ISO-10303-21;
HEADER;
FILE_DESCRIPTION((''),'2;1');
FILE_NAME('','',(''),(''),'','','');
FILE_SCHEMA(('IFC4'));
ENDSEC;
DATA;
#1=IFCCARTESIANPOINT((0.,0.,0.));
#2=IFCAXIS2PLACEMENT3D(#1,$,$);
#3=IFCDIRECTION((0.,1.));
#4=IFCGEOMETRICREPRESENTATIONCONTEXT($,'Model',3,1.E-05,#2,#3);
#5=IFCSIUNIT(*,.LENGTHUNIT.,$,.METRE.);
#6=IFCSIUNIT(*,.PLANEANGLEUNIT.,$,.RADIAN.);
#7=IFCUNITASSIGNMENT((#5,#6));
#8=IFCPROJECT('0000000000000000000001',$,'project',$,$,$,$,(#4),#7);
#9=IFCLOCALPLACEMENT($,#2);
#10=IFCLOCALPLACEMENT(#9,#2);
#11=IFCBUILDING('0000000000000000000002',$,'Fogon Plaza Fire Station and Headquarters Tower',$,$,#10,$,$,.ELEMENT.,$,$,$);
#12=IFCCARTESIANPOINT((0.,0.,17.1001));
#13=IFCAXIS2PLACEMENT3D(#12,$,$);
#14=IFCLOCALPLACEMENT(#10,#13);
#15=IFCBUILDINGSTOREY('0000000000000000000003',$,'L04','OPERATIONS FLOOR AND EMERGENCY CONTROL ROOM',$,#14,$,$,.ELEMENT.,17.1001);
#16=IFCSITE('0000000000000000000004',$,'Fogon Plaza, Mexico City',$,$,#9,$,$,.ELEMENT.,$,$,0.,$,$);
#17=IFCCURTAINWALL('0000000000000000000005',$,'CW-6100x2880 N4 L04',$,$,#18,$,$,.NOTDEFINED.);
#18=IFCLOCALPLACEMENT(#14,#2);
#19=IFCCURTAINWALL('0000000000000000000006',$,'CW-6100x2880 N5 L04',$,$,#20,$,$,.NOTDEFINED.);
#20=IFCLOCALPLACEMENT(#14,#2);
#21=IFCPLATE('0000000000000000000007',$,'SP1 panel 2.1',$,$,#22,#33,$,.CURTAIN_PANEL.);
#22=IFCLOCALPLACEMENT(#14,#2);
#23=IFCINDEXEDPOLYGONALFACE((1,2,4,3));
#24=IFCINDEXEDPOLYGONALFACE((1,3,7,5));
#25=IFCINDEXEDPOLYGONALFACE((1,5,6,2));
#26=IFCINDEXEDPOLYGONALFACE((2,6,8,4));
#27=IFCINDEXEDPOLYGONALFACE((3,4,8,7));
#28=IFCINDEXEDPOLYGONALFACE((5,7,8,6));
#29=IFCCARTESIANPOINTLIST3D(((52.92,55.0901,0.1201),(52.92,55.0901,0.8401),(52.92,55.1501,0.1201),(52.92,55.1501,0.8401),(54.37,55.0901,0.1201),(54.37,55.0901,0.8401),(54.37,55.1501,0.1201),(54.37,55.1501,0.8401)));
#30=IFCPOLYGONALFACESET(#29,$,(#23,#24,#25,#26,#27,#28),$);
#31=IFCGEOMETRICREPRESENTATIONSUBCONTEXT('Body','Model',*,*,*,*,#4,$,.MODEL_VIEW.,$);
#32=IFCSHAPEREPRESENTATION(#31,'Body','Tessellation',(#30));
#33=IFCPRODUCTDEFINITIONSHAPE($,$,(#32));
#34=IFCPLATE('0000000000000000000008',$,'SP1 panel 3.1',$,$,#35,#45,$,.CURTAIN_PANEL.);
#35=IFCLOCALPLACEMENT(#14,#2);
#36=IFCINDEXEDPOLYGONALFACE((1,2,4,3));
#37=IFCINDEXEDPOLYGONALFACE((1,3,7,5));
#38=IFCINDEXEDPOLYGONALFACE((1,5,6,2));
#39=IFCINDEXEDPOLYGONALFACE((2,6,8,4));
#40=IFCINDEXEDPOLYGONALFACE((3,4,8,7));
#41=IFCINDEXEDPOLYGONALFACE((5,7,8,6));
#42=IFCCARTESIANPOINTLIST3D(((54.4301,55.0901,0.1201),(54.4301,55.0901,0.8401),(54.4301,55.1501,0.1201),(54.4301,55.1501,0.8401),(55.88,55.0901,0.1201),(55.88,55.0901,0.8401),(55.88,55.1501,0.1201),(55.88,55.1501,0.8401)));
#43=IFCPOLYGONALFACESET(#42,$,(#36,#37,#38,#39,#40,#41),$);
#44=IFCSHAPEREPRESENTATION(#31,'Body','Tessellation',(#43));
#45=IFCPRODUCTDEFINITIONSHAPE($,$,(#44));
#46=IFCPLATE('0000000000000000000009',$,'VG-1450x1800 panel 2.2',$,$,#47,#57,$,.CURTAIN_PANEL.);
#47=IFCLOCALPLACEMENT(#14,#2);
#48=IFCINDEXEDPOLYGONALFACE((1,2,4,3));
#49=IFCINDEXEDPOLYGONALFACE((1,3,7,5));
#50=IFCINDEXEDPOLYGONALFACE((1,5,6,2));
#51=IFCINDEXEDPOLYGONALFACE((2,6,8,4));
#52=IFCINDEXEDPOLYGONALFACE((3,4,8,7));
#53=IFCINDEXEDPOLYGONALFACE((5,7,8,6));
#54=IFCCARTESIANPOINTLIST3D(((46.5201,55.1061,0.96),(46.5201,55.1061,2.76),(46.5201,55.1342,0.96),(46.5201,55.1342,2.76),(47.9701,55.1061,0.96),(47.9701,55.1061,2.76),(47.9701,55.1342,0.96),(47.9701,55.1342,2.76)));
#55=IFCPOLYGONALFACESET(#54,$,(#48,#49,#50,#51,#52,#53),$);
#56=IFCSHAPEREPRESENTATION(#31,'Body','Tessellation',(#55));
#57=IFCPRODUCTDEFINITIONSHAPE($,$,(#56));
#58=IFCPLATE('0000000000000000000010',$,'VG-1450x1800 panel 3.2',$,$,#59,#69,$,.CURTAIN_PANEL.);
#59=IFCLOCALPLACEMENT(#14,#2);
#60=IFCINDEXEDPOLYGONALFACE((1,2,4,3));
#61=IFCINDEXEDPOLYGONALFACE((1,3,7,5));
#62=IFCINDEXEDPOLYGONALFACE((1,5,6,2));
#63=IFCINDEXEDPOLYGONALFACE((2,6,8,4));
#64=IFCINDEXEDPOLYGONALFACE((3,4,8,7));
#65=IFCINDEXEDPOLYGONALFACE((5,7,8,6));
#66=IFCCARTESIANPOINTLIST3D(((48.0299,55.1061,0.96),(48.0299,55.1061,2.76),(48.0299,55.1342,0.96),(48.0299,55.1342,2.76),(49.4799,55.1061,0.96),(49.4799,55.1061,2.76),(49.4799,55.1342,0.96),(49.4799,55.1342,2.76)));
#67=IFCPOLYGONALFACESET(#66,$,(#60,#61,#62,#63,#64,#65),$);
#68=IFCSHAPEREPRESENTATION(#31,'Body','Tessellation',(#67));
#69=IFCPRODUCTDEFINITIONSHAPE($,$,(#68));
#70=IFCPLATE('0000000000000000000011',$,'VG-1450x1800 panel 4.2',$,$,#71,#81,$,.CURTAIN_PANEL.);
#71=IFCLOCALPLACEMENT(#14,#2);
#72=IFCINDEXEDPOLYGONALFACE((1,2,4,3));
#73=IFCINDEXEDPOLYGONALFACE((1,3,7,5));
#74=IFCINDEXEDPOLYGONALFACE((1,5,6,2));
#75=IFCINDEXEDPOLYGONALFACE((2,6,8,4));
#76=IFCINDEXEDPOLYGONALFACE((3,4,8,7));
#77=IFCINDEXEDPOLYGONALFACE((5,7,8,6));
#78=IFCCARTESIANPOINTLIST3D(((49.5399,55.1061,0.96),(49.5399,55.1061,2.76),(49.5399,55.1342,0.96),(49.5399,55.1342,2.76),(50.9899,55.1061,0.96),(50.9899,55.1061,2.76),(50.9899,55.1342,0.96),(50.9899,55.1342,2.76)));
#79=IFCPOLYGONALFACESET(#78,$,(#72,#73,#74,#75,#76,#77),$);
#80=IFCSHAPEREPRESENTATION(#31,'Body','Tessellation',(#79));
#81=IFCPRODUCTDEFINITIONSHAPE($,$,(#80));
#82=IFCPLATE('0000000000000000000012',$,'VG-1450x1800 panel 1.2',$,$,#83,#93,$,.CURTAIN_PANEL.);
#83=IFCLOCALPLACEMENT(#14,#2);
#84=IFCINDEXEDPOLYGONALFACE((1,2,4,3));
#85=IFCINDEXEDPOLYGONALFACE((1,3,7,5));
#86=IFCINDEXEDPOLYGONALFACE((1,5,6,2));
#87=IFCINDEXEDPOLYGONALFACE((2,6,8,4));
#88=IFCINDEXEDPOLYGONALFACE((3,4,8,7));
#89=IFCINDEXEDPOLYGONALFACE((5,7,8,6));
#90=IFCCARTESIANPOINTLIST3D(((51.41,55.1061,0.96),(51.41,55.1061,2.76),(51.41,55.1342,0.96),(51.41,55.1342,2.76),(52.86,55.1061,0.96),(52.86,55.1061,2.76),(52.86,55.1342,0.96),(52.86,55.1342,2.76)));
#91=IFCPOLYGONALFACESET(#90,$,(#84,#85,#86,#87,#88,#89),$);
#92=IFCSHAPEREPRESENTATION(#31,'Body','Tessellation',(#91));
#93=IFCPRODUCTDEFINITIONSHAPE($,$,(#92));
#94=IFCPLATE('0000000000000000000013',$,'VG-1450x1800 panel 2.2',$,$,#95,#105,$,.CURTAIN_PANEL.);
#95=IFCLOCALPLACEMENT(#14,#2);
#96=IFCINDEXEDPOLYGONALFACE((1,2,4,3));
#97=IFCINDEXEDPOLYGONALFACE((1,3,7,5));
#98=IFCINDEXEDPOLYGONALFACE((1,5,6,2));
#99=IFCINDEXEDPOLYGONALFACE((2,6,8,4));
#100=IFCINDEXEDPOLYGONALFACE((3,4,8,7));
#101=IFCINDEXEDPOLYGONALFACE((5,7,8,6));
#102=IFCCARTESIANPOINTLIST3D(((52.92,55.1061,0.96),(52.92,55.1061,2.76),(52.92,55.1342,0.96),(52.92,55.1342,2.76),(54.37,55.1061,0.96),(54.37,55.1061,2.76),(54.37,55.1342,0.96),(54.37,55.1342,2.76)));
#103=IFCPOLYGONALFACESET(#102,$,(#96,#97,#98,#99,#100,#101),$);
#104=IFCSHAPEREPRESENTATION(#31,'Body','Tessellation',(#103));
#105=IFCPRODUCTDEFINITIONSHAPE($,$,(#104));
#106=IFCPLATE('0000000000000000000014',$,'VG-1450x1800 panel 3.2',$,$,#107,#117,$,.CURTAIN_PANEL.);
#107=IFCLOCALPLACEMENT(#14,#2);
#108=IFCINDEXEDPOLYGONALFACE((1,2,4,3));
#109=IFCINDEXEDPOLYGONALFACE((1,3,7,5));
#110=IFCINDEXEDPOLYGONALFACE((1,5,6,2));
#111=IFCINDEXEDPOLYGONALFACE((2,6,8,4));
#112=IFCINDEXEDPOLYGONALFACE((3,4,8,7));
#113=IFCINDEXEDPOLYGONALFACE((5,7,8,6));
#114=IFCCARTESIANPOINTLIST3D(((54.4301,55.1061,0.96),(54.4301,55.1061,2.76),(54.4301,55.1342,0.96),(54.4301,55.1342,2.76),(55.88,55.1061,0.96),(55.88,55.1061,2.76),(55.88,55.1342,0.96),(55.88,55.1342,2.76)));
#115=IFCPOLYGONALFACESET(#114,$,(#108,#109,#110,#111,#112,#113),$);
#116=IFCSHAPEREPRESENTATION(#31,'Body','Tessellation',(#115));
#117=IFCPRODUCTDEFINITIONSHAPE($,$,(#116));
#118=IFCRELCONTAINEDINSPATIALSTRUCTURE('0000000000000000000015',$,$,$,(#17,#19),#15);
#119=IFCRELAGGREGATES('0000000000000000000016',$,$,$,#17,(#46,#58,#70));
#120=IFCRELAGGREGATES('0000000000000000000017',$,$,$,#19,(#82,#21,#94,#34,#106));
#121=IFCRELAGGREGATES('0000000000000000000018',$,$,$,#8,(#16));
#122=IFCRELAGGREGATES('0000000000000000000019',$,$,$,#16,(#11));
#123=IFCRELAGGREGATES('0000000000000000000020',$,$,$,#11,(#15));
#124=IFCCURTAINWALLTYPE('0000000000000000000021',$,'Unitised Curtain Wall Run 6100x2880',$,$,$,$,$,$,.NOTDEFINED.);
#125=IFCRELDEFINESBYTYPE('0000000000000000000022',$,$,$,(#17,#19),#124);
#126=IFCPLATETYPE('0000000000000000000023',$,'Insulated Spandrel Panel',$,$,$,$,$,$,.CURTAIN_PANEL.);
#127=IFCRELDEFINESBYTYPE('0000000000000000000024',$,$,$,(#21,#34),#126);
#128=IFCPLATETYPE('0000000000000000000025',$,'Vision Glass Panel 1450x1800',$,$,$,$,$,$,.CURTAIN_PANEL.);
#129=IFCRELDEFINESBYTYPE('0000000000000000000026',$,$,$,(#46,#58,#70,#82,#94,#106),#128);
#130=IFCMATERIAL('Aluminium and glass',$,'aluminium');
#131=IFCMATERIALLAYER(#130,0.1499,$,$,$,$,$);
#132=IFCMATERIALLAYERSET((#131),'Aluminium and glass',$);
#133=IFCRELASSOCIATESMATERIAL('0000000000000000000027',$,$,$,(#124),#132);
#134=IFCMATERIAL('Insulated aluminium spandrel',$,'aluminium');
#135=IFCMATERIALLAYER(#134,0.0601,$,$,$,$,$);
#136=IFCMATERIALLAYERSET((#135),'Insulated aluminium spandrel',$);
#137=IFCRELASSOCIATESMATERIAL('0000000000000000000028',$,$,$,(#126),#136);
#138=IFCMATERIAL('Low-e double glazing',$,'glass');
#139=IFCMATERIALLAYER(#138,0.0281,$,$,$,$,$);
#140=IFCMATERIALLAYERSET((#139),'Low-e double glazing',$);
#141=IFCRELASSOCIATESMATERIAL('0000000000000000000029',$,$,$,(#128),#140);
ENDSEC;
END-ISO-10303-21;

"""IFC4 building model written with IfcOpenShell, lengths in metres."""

from ifc_helpers import new_model, si_unit, direction, frame, origin, origin_2d, place, context, subcontext, project, spatial, rectangle, extrude, material, layer, layer_set, type_object, element, aggregate, save


model = new_model("IFC4")

# Units and contexts
model_context = context("Model", 3, precision=1e-05, world=origin(), true_north=direction((0.0, 1.0)))
body_context = subcontext(model_context, "Body", "Model", "MODEL_VIEW")
ifc_project = project(units=[si_unit("LENGTHUNIT", "METRE"), si_unit("PLANEANGLEUNIT", "RADIAN")], contexts=[model_context])

# Site, building, storey
site_placement = place(None, origin())
site = spatial("IfcSite", under=ifc_project, at=site_placement, Name="Fogon Plaza, Mexico City", CompositionType="ELEMENT", RefElevation=0.0)
building_placement = place(site_placement, origin())
building = spatial("IfcBuilding", under=site, at=building_placement, Name="Fogon Plaza Fire Station and Headquarters Tower", CompositionType="ELEMENT")
storey_placement = place(building_placement, frame((0.0, 0.0, 17.1001)))
storey = spatial("IfcBuildingStorey", under=building, at=storey_placement, Name="L04", Description="OPERATIONS FLOOR AND EMERGENCY CONTROL ROOM", CompositionType="ELEMENT", Elevation=17.1001)

# Curtain walls
ifc_material_1 = material(Name="Aluminium and glass", Category="aluminium")
ifc_layer_1 = layer(ifc_material_1, 0.1499)
ifc_layer_set_1 = layer_set([ifc_layer_1], Name="Aluminium and glass")
curtain_wall_type = type_object("IfcCurtainWallType", Name="Unitised Curtain Wall Run 6100x2880", PredefinedType="NOTDEFINED", material=ifc_layer_set_1)
curtain_wall_1_placement = place(storey_placement, origin())
curtain_wall_1 = element("IfcCurtainWall", 1, at=curtain_wall_1_placement, inside=storey, type_object=curtain_wall_type, Name="CW-6100x2880 N4 L04", PredefinedType="NOTDEFINED")
curtain_wall_2_placement = place(storey_placement, origin())
curtain_wall_2 = element("IfcCurtainWall", 2, at=curtain_wall_2_placement, inside=storey, type_object=curtain_wall_type, Name="CW-6100x2880 N5 L04", PredefinedType="NOTDEFINED")

# Plates
ifc_material_2 = material(Name="Insulated aluminium spandrel", Category="aluminium")
ifc_layer_2 = layer(ifc_material_2, 0.0601)
ifc_layer_set_2 = layer_set([ifc_layer_2], Name="Insulated aluminium spandrel")
plate_type_1 = type_object("IfcPlateType", Name="Insulated Spandrel Panel", PredefinedType="CURTAIN_PANEL", material=ifc_layer_set_2)
plate_1_placement = place(storey_placement, frame((53.645, 55.1201, 0.1201), z_axis=(0.0, 0.0, 1.0), x_axis=(1.0, 0.0, 0.0)))
plate_1 = element("IfcPlate", 3, at=plate_1_placement, type_object=plate_type_1, Name="SP1 panel 2.1", PredefinedType="CURTAIN_PANEL", context=body_context, shape_type="SweptSolid", body=[
    extrude(rectangle(XDim=1.45, YDim=0.0601, at=origin_2d()), origin(), (0.0, 0.0, 1.0), 0.72),
])
plate_2_placement = place(storey_placement, frame((55.155, 55.1201, 0.1201), z_axis=(0.0, 0.0, 1.0), x_axis=(1.0, 0.0, 0.0)))
plate_2 = element("IfcPlate", 4, at=plate_2_placement, type_object=plate_type_1, Name="SP1 panel 3.1", PredefinedType="CURTAIN_PANEL", context=body_context, shape_type="SweptSolid", body=[
    extrude(rectangle(XDim=1.45, YDim=0.0601, at=origin_2d()), origin(), (0.0, 0.0, 1.0), 0.72),
])
ifc_material_3 = material(Name="Low-e double glazing", Category="glass")
ifc_layer_3 = layer(ifc_material_3, 0.0281)
ifc_layer_set_3 = layer_set([ifc_layer_3], Name="Low-e double glazing")
plate_type_2 = type_object("IfcPlateType", Name="Vision Glass Panel 1450x1800", PredefinedType="CURTAIN_PANEL", material=ifc_layer_set_3)
plate_3_placement = place(storey_placement, frame((47.2451, 55.1201, 0.96), z_axis=(0.0, 0.0, 1.0), x_axis=(1.0, 0.0, 0.0)))
plate_3 = element("IfcPlate", 5, at=plate_3_placement, type_object=plate_type_2, Name="VG-1450x1800 panel 2.2", PredefinedType="CURTAIN_PANEL", context=body_context, shape_type="SweptSolid", body=[
    extrude(rectangle(XDim=1.45, YDim=0.0281, at=origin_2d()), origin(), (0.0, 0.0, 1.0), 1.8),
])
plate_4_placement = place(storey_placement, frame((48.7549, 55.1201, 0.96), z_axis=(0.0, 0.0, 1.0), x_axis=(1.0, 0.0, 0.0)))
plate_4 = element("IfcPlate", 6, at=plate_4_placement, type_object=plate_type_2, Name="VG-1450x1800 panel 3.2", PredefinedType="CURTAIN_PANEL", context=body_context, shape_type="SweptSolid", body=[
    extrude(rectangle(XDim=1.45, YDim=0.0281, at=origin_2d()), origin(), (0.0, 0.0, 1.0), 1.8),
])
plate_5_placement = place(storey_placement, frame((50.2649, 55.1201, 0.96), z_axis=(0.0, 0.0, 1.0), x_axis=(1.0, 0.0, 0.0)))
plate_5 = element("IfcPlate", 7, at=plate_5_placement, type_object=plate_type_2, Name="VG-1450x1800 panel 4.2", PredefinedType="CURTAIN_PANEL", context=body_context, shape_type="SweptSolid", body=[
    extrude(rectangle(XDim=1.45, YDim=0.0281, at=origin_2d()), origin(), (0.0, 0.0, 1.0), 1.8),
])
aggregate(curtain_wall_1, [plate_3, plate_4, plate_5])
plate_6_placement = place(storey_placement, frame((52.135, 55.1201, 0.96), z_axis=(0.0, 0.0, 1.0), x_axis=(1.0, 0.0, 0.0)))
plate_6 = element("IfcPlate", 8, at=plate_6_placement, type_object=plate_type_2, Name="VG-1450x1800 panel 1.2", PredefinedType="CURTAIN_PANEL", context=body_context, shape_type="SweptSolid", body=[
    extrude(rectangle(XDim=1.45, YDim=0.0281, at=origin_2d()), origin(), (0.0, 0.0, 1.0), 1.8),
])
plate_7_placement = place(storey_placement, frame((53.645, 55.1201, 0.96), z_axis=(0.0, 0.0, 1.0), x_axis=(1.0, 0.0, 0.0)))
plate_7 = element("IfcPlate", 9, at=plate_7_placement, type_object=plate_type_2, Name="VG-1450x1800 panel 2.2", PredefinedType="CURTAIN_PANEL", context=body_context, shape_type="SweptSolid", body=[
    extrude(rectangle(XDim=1.45, YDim=0.0281, at=origin_2d()), origin(), (0.0, 0.0, 1.0), 1.8),
])
plate_8_placement = place(storey_placement, frame((55.155, 55.1201, 0.96), z_axis=(0.0, 0.0, 1.0), x_axis=(1.0, 0.0, 0.0)))
plate_8 = element("IfcPlate", 10, at=plate_8_placement, type_object=plate_type_2, Name="VG-1450x1800 panel 3.2", PredefinedType="CURTAIN_PANEL", context=body_context, shape_type="SweptSolid", body=[
    extrude(rectangle(XDim=1.45, YDim=0.0281, at=origin_2d()), origin(), (0.0, 0.0, 1.0), 1.8),
])
aggregate(curtain_wall_2, [plate_6, plate_1, plate_7, plate_2, plate_8])

save(model, "model.ifc")
